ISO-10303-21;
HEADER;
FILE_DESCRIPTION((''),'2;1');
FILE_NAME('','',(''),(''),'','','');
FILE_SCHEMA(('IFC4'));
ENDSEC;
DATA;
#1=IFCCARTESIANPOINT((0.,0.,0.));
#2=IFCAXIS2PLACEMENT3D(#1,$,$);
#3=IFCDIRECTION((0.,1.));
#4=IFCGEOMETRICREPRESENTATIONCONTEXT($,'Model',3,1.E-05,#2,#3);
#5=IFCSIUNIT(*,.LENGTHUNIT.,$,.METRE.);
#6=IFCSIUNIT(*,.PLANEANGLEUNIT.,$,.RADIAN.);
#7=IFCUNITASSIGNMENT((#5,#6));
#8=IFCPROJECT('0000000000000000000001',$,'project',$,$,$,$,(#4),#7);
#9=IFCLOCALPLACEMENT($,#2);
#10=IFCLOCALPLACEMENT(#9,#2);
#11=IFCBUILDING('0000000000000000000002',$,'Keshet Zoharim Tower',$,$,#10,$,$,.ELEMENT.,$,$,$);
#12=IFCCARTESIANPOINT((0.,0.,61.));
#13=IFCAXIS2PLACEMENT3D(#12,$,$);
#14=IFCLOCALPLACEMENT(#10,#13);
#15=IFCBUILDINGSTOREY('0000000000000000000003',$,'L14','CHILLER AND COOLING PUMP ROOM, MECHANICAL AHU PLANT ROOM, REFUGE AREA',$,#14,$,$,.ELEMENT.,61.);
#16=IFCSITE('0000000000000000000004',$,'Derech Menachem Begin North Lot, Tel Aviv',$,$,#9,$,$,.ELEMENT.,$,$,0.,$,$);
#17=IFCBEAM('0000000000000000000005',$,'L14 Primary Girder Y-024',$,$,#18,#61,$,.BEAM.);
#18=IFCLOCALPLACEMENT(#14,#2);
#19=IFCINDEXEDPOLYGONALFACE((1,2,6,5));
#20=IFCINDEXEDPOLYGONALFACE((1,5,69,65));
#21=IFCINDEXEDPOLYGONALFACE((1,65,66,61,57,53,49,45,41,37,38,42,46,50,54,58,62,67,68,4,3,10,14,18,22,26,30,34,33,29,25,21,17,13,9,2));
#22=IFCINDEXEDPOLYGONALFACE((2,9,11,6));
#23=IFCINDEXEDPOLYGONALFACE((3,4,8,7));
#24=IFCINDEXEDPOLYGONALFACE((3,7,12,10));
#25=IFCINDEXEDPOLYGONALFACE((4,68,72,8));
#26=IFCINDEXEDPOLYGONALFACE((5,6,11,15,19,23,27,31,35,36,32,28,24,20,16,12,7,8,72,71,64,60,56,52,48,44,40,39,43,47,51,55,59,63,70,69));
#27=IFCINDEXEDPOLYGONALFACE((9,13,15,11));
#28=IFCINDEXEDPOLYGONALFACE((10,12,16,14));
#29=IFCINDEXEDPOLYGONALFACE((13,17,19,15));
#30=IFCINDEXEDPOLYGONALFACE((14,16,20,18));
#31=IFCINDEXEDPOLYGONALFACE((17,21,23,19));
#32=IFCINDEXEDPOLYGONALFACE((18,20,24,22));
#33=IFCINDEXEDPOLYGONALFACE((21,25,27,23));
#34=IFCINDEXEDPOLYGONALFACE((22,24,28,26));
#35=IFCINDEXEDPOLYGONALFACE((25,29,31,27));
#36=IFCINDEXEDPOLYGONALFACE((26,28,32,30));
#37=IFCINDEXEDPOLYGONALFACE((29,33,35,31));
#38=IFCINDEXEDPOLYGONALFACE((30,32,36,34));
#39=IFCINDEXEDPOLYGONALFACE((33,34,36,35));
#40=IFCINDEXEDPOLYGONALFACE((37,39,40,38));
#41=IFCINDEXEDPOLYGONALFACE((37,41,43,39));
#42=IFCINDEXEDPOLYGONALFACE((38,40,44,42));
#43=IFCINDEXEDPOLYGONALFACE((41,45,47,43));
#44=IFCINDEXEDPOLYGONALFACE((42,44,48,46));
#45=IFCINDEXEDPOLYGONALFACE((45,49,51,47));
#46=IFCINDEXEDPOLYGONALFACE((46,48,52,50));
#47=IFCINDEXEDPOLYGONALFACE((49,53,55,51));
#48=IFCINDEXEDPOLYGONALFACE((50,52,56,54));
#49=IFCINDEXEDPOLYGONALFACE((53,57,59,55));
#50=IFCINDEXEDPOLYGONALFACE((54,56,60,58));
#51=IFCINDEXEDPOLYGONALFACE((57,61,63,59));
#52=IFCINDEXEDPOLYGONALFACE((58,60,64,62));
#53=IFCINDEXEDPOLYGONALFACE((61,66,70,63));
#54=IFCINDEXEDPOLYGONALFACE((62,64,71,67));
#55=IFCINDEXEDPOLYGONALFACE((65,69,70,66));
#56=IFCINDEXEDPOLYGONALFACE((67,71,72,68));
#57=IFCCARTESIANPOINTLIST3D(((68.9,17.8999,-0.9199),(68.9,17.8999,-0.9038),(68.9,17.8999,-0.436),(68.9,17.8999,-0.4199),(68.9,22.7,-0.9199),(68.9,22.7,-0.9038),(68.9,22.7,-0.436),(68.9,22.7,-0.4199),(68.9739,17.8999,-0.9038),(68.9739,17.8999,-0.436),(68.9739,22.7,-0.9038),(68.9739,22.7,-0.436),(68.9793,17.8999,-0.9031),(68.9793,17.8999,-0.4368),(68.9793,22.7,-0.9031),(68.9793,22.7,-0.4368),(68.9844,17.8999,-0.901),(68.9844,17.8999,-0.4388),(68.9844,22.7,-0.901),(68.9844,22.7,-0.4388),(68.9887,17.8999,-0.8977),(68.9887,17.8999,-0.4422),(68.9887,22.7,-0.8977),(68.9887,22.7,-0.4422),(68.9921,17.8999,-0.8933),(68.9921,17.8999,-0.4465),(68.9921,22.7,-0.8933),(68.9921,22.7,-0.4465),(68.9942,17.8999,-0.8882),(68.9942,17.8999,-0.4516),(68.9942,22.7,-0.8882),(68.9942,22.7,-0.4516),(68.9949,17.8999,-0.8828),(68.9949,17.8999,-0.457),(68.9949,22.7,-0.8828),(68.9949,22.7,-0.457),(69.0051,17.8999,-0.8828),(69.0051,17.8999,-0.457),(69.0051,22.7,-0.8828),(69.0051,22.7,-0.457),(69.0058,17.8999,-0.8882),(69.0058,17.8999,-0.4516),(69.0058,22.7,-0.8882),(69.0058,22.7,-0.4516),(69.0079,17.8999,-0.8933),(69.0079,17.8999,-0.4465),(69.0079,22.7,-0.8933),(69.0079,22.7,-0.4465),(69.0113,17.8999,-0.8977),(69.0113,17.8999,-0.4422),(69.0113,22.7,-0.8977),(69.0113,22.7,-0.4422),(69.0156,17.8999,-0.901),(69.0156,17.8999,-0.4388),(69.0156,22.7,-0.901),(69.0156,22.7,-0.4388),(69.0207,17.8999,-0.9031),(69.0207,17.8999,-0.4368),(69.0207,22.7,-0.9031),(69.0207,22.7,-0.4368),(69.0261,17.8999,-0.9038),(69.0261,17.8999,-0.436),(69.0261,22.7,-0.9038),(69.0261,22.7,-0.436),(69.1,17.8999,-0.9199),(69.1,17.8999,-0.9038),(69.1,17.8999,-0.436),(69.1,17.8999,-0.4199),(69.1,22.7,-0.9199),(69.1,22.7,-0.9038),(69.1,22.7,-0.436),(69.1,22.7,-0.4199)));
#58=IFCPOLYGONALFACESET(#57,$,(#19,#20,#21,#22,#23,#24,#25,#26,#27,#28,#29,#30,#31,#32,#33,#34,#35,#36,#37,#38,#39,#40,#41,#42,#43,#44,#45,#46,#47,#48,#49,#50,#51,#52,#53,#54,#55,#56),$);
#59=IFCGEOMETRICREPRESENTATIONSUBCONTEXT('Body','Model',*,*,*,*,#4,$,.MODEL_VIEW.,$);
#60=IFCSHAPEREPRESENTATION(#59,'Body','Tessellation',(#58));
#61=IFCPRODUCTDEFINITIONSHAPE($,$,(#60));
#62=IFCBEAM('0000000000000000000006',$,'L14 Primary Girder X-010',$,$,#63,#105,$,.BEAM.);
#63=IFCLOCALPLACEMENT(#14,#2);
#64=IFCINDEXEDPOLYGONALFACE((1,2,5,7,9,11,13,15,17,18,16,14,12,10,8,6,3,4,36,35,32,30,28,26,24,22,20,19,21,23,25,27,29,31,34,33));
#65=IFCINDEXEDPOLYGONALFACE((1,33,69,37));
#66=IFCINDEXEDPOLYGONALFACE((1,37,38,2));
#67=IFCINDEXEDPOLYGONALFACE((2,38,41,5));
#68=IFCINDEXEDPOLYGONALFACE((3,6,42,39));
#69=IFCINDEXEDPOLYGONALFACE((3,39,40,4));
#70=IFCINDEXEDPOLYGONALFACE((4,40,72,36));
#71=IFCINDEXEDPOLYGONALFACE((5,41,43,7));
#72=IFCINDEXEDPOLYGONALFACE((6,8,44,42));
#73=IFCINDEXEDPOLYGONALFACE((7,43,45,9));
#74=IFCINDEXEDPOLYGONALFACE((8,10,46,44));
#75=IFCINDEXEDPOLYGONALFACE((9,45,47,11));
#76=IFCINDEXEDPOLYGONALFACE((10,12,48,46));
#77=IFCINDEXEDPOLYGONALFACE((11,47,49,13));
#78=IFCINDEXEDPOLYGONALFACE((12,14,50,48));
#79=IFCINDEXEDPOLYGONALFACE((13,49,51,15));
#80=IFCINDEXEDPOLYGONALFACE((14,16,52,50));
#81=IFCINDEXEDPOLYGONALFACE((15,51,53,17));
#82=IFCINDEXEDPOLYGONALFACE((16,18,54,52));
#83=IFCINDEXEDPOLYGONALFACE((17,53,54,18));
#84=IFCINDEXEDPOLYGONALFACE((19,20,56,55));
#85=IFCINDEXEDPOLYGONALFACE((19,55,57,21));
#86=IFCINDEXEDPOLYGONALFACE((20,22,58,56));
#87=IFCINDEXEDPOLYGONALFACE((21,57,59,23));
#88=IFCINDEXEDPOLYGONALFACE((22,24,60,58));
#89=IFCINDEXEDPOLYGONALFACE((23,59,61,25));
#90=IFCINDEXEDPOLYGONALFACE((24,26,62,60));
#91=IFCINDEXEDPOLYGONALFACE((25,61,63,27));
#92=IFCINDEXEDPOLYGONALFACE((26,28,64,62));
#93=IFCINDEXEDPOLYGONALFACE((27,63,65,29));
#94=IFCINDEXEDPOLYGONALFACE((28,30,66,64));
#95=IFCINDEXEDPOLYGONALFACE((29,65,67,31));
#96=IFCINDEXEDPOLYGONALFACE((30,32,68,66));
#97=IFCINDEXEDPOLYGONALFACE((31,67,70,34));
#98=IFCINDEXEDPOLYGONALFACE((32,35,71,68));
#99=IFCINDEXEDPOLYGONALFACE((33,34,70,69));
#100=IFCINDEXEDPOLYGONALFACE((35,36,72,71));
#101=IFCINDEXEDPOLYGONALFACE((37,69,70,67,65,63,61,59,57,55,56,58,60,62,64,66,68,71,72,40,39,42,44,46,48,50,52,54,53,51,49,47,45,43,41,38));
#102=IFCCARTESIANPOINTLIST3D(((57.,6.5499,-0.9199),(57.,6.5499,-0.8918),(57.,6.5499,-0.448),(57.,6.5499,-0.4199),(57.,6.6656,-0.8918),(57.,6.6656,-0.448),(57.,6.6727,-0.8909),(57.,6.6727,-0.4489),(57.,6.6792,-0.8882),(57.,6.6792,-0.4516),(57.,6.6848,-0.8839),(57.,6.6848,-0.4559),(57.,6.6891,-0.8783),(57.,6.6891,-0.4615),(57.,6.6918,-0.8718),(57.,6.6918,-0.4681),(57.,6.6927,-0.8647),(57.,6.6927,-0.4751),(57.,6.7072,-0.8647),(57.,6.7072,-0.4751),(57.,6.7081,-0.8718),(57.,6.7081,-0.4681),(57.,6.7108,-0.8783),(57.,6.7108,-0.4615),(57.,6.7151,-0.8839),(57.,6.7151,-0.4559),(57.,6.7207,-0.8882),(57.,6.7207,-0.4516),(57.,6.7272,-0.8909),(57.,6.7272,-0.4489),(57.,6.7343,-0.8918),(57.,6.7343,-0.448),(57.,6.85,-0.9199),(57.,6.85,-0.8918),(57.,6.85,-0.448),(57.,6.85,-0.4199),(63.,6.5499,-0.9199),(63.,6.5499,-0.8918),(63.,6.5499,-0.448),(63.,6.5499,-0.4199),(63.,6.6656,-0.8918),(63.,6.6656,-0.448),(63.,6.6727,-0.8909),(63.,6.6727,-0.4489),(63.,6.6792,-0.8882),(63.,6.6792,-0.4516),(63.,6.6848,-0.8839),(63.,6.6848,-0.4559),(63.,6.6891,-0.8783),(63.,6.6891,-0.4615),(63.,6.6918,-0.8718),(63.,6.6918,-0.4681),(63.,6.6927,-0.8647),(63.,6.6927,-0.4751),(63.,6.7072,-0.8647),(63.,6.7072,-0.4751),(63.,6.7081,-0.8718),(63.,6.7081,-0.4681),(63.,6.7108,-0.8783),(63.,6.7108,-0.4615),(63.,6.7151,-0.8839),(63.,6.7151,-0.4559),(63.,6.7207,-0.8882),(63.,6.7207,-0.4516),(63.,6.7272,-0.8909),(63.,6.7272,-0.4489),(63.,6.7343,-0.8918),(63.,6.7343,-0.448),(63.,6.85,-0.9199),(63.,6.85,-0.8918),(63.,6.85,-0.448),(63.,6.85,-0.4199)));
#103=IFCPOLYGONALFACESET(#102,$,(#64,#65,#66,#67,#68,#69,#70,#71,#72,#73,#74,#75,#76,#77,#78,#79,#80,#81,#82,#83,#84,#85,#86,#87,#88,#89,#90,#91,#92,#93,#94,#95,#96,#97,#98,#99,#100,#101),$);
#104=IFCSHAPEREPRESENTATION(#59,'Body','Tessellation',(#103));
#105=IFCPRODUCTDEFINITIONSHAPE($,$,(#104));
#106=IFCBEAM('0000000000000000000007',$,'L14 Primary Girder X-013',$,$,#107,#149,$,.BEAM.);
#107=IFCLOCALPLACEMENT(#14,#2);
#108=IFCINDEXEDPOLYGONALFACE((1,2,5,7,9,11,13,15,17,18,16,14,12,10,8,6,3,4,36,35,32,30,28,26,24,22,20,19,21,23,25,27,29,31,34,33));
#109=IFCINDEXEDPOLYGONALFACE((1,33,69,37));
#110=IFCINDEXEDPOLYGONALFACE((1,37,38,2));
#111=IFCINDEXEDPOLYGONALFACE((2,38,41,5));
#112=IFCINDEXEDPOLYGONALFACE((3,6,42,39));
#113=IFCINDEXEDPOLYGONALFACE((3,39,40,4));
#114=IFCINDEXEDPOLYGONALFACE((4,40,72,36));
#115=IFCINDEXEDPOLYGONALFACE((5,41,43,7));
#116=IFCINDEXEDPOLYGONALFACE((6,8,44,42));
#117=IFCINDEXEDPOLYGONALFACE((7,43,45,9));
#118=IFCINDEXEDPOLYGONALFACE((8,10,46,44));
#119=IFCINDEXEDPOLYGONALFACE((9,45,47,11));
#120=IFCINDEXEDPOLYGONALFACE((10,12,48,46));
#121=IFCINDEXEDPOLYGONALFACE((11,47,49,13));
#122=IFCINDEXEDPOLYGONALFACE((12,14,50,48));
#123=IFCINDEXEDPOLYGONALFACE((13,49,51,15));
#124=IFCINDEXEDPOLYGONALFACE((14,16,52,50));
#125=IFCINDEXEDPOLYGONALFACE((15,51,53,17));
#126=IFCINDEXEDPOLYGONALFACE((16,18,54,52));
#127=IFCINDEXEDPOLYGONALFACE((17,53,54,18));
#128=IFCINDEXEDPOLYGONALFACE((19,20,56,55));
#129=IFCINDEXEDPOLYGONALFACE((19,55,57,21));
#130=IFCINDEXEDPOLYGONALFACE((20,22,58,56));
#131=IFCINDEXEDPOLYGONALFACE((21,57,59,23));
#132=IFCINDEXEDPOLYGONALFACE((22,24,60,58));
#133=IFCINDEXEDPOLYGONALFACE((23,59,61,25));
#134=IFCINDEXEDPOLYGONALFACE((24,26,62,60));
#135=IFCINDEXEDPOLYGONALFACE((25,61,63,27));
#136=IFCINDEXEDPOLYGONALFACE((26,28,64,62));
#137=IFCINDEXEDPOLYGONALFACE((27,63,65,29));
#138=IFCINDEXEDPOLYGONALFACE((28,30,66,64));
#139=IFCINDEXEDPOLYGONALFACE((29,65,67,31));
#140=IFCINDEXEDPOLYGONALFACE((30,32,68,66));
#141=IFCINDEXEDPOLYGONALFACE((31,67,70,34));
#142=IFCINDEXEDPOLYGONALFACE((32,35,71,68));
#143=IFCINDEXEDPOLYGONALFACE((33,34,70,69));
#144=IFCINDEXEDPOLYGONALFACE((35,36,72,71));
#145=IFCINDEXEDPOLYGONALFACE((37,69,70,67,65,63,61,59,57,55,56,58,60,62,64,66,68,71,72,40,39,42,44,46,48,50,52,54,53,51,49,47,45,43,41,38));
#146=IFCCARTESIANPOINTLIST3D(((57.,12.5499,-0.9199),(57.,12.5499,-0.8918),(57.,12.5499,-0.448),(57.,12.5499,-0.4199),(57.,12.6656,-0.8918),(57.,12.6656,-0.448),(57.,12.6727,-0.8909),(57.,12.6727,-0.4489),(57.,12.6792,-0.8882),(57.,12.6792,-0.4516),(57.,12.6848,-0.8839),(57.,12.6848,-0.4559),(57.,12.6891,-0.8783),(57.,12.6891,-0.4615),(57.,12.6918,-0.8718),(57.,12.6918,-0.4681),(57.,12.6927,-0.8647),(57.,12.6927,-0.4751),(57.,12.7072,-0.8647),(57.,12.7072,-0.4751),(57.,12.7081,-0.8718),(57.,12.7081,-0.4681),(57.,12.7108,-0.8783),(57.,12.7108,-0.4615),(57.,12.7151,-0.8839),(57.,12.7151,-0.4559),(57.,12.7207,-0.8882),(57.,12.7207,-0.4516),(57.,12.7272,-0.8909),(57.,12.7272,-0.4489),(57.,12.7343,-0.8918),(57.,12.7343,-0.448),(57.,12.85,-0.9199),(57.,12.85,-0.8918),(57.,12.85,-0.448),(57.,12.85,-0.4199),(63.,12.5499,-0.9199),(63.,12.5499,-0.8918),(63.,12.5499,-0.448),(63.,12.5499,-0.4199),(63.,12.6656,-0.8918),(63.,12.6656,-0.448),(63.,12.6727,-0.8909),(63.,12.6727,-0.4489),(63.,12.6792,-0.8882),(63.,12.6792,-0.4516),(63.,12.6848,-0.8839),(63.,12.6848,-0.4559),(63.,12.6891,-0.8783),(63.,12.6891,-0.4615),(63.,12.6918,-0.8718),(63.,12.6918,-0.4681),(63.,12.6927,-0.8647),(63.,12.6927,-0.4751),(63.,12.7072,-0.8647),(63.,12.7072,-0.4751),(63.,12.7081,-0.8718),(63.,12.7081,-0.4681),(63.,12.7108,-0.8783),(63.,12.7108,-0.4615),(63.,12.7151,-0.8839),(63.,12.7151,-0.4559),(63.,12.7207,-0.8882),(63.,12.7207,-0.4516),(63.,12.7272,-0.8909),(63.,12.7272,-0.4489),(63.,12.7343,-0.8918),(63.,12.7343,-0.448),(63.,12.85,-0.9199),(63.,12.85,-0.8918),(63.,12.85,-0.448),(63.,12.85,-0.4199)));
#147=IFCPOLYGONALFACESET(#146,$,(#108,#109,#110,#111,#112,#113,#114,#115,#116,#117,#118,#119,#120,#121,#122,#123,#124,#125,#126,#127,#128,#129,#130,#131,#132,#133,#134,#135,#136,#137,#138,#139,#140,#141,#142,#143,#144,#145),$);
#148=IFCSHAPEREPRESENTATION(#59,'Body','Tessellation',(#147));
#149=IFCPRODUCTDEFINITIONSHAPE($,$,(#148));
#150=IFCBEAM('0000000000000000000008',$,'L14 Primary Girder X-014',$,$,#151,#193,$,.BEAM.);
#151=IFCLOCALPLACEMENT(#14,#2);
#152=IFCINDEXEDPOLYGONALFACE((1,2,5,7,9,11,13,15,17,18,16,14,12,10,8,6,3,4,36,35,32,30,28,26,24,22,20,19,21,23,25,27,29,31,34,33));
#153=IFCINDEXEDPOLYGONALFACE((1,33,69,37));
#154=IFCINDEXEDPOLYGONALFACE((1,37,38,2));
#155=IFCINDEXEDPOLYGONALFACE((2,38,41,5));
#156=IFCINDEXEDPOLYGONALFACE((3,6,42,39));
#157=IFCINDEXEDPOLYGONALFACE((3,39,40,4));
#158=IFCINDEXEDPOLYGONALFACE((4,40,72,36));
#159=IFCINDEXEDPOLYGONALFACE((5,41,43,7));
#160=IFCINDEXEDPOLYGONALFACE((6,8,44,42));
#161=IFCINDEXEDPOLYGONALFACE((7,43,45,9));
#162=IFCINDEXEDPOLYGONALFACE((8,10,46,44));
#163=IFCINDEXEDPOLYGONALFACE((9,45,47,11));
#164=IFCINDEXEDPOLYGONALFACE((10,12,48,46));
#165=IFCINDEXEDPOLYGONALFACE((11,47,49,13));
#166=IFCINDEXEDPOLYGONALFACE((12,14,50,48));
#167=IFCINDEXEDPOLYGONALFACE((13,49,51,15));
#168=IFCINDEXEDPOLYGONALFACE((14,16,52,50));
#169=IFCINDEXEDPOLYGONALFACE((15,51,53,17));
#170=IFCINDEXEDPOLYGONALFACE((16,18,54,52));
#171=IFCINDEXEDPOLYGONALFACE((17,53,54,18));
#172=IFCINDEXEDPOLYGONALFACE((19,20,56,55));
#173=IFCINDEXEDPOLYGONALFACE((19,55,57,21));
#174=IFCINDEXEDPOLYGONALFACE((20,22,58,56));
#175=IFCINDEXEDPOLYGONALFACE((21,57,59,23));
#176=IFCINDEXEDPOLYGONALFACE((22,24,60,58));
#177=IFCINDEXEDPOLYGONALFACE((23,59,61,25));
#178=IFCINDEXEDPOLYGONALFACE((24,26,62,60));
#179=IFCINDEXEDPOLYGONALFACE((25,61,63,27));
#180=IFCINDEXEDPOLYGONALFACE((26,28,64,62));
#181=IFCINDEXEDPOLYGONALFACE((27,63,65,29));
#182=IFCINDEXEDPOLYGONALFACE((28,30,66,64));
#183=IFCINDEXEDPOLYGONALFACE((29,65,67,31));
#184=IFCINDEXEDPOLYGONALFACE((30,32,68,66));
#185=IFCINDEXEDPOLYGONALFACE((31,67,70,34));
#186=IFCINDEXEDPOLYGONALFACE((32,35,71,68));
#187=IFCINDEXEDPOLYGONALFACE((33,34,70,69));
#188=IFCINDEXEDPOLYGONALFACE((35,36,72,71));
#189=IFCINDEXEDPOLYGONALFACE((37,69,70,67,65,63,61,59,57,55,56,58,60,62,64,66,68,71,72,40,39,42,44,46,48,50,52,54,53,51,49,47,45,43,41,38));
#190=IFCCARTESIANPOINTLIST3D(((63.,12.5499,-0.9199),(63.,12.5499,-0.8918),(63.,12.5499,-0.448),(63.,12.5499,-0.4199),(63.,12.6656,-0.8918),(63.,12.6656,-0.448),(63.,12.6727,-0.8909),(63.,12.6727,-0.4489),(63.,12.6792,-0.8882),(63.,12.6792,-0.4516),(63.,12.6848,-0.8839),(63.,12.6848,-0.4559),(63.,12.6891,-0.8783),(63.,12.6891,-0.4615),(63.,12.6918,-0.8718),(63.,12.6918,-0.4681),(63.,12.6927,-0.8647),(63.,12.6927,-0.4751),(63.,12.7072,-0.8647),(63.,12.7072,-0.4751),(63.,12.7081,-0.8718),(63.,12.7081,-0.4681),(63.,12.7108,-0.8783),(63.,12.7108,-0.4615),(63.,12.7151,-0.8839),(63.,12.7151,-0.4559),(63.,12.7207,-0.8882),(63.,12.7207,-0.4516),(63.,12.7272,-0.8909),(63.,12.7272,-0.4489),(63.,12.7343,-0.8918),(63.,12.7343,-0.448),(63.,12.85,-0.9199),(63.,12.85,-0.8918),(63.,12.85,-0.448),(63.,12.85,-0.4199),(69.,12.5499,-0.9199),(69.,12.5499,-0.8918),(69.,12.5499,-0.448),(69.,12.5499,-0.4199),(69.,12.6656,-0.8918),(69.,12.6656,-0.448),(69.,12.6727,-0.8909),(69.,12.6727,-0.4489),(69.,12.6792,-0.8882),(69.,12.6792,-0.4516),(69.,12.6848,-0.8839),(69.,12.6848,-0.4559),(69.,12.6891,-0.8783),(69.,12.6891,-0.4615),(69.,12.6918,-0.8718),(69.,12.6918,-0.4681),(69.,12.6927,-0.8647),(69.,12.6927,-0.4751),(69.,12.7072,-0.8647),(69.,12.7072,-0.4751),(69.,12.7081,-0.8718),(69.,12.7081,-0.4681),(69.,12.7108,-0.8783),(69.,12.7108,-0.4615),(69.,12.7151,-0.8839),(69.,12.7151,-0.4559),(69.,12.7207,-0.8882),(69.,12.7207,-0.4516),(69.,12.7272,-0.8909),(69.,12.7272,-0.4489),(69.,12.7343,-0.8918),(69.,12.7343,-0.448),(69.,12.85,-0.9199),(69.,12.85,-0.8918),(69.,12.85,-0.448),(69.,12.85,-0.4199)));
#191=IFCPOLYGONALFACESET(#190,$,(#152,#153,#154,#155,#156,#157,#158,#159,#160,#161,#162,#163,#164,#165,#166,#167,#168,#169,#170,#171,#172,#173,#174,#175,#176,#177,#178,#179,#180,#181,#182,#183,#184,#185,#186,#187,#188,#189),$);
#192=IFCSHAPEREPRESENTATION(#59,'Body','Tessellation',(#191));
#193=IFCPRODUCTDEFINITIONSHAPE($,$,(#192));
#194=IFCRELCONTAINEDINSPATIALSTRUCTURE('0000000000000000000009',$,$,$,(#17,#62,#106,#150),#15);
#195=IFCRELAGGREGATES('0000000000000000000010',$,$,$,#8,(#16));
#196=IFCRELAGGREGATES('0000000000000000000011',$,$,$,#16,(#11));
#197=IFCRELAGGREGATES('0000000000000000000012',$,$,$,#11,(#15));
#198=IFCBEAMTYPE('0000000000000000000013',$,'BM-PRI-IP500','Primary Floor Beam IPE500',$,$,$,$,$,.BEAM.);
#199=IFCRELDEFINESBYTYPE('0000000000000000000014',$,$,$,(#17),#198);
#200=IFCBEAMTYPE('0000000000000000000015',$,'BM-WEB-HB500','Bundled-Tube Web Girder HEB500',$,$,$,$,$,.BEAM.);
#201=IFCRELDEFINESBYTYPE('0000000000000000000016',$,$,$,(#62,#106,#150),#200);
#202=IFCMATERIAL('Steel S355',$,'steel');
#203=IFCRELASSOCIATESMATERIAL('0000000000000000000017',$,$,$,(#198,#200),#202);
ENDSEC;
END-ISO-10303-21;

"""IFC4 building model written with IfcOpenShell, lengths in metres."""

from ifc_helpers import new_model, si_unit, direction, frame, origin, origin_2d, place, context, subcontext, project, spatial, i_section, extrude, material, material_profile, profile_set, type_object, element, save


model = new_model("IFC4")

# Units and contexts
model_context = context("Model", 3, precision=1e-05, world=origin(), true_north=direction((0.0, 1.0)))
body_context = subcontext(model_context, "Body", "Model", "MODEL_VIEW")
ifc_project = project(units=[si_unit("LENGTHUNIT", "METRE"), si_unit("PLANEANGLEUNIT", "RADIAN")], contexts=[model_context])

# Site, building, storey
site_placement = place(None, origin())
site = spatial("IfcSite", under=ifc_project, at=site_placement, Name="Derech Menachem Begin North Lot, Tel Aviv", CompositionType="ELEMENT", RefElevation=0.0)
building_placement = place(site_placement, origin())
building = spatial("IfcBuilding", under=site, at=building_placement, Name="Keshet Zoharim Tower", CompositionType="ELEMENT")
storey_placement = place(building_placement, frame((0.0, 0.0, 61.0)))
storey = spatial("IfcBuildingStorey", under=building, at=storey_placement, Name="L14", Description="CHILLER AND COOLING PUMP ROOM, MECHANICAL AHU PLANT ROOM, REFUGE AREA", CompositionType="ELEMENT", Elevation=61.0)

# Shared definitions
ifc_material_1 = material(Name="Steel S355", Category="steel")

# Beams
ifc_material_profile_1 = material_profile(ifc_material_1, i_section(OverallWidth=0.2, OverallDepth=0.5, WebThickness=0.0103, FlangeThickness=0.0161, FilletRadius=0.021, at=origin_2d()), Name="IPE500")
ifc_profile_set_1 = profile_set([ifc_material_profile_1], Name="Steel S355")
beam_type_1 = type_object("IfcBeamType", Name="BM-PRI-IP500", Description="Primary Floor Beam IPE500", PredefinedType="BEAM", material=ifc_profile_set_1)
beam_1_placement = place(storey_placement, frame((69.0, 17.8999, -0.6699), z_axis=(0.0, 1.0, 0.0), x_axis=(-1.0, 0.0, 0.0)))
element("IfcBeam", 1, at=beam_1_placement, inside=storey, type_object=beam_type_1, Name="L14 Primary Girder Y-024", PredefinedType="BEAM", context=body_context, shape_type="SweptSolid", body=[
    extrude(i_section(OverallWidth=0.2, OverallDepth=0.5, WebThickness=0.0103, FlangeThickness=0.0161, FilletRadius=0.021, at=origin_2d()), origin(), (0.0, 0.0, 1.0), 4.8),
])
ifc_material_profile_2 = material_profile(ifc_material_1, i_section(OverallWidth=0.3, OverallDepth=0.5, WebThickness=0.0144, FlangeThickness=0.0281, FilletRadius=0.0271, at=origin_2d()), Name="HEB500")
ifc_profile_set_2 = profile_set([ifc_material_profile_2], Name="Steel S355")
beam_type_2 = type_object("IfcBeamType", Name="BM-WEB-HB500", Description="Bundled-Tube Web Girder HEB500", PredefinedType="BEAM", material=ifc_profile_set_2)
for number, where, z_axis, x_axis, name in (
    (2, (57.0, 6.7, -0.6699), (1.0, 0.0, 0.0), (0.0, 1.0, 0.0), "L14 Primary Girder X-010"),
    (3, (57.0, 12.7, -0.6699), (1.0, 0.0, 0.0), (0.0, 1.0, 0.0), "L14 Primary Girder X-013"),
    (4, (63.0, 12.7, -0.6699), (1.0, 0.0, 0.0), (0.0, 1.0, 0.0), "L14 Primary Girder X-014"),
):
    element("IfcBeam", number, at=place(storey_placement, frame(where, z_axis=z_axis, x_axis=x_axis)), inside=storey, type_object=beam_type_2, Name=name, PredefinedType="BEAM", context=body_context, shape_type="SweptSolid", body=[
        extrude(i_section(OverallWidth=0.3, OverallDepth=0.5, WebThickness=0.0144, FlangeThickness=0.0281, FilletRadius=0.0271, at=origin_2d()), origin(), (0.0, 0.0, 1.0), 6.0),
    ])

save(model, "model.ifc")
